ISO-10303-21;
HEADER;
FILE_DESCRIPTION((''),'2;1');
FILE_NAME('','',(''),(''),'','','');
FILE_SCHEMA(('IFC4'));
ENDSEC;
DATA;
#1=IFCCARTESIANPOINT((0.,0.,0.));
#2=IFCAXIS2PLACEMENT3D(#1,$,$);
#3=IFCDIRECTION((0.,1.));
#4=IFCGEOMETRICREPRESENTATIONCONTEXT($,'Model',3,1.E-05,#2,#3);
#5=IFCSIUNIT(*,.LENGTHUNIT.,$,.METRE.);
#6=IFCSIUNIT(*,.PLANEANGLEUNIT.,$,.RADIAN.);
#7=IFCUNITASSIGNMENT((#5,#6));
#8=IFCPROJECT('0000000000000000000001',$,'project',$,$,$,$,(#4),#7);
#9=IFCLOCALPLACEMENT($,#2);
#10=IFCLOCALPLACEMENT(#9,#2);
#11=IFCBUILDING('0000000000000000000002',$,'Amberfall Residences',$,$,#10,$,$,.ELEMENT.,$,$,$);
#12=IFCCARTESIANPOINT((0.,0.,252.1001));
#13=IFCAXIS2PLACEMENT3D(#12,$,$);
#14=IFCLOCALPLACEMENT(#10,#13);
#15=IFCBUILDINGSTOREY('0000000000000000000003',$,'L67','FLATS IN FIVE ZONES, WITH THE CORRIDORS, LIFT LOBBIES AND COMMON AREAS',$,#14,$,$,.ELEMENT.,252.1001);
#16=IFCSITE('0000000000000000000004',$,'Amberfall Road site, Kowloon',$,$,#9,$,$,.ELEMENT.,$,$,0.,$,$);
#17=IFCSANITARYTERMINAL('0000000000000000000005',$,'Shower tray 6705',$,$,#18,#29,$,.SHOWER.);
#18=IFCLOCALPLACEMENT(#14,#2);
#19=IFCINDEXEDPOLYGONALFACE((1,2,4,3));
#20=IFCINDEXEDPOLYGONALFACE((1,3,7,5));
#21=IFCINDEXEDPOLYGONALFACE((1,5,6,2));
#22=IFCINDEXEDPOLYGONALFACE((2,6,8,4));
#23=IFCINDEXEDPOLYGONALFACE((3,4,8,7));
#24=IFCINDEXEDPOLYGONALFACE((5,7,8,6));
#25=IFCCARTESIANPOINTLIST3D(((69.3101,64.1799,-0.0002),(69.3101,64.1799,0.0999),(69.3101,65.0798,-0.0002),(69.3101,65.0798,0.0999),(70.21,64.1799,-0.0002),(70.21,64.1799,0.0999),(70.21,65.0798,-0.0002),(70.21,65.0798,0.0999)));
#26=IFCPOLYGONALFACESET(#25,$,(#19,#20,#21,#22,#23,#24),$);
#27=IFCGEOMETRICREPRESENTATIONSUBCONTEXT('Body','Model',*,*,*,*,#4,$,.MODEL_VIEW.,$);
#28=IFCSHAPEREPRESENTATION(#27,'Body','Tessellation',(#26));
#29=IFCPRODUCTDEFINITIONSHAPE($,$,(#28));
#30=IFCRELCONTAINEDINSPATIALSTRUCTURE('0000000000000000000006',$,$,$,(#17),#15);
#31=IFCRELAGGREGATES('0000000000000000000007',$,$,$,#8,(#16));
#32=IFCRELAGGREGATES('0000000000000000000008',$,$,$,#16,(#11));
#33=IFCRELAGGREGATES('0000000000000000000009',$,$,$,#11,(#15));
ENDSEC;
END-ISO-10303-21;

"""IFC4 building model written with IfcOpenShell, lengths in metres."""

from ifc_helpers import new_model, si_unit, direction, frame, origin, origin_2d, place, context, subcontext, project, spatial, rectangle, extrude, element, save


model = new_model("IFC4")

# Units and contexts
model_context = context("Model", 3, precision=1e-05, world=origin(), true_north=direction((0.0, 1.0)))
body_context = subcontext(model_context, "Body", "Model", "MODEL_VIEW")
ifc_project = project(units=[si_unit("LENGTHUNIT", "METRE"), si_unit("PLANEANGLEUNIT", "RADIAN")], contexts=[model_context])

# Site, building, storey
site_placement = place(None, origin())
site = spatial("IfcSite", under=ifc_project, at=site_placement, Name="Amberfall Road site, Kowloon", CompositionType="ELEMENT", RefElevation=0.0)
building_placement = place(site_placement, origin())
building = spatial("IfcBuilding", under=site, at=building_placement, Name="Amberfall Residences", CompositionType="ELEMENT")
storey_placement = place(building_placement, frame((0.0, 0.0, 252.1001)))
storey = spatial("IfcBuildingStorey", under=building, at=storey_placement, Name="L67", Description="FLATS IN FIVE ZONES, WITH THE CORRIDORS, LIFT LOBBIES AND COMMON AREAS", CompositionType="ELEMENT", Elevation=252.1001)

# Sanitary terminal
sanitary_terminal_1_placement = place(storey_placement, frame((69.76, 64.6299, -0.0002), z_axis=(0.0, 0.0, 1.0), x_axis=(1.0, 0.0, 0.0)))
element("IfcSanitaryTerminal", 1, at=sanitary_terminal_1_placement, inside=storey, Name="Shower tray 6705", PredefinedType="SHOWER", context=body_context, shape_type="SweptSolid", body=[
    extrude(rectangle(XDim=0.8999, YDim=0.8999, at=origin_2d()), origin(), (0.0, 0.0, 1.0), 0.1001),
])

save(model, "model.ifc")
